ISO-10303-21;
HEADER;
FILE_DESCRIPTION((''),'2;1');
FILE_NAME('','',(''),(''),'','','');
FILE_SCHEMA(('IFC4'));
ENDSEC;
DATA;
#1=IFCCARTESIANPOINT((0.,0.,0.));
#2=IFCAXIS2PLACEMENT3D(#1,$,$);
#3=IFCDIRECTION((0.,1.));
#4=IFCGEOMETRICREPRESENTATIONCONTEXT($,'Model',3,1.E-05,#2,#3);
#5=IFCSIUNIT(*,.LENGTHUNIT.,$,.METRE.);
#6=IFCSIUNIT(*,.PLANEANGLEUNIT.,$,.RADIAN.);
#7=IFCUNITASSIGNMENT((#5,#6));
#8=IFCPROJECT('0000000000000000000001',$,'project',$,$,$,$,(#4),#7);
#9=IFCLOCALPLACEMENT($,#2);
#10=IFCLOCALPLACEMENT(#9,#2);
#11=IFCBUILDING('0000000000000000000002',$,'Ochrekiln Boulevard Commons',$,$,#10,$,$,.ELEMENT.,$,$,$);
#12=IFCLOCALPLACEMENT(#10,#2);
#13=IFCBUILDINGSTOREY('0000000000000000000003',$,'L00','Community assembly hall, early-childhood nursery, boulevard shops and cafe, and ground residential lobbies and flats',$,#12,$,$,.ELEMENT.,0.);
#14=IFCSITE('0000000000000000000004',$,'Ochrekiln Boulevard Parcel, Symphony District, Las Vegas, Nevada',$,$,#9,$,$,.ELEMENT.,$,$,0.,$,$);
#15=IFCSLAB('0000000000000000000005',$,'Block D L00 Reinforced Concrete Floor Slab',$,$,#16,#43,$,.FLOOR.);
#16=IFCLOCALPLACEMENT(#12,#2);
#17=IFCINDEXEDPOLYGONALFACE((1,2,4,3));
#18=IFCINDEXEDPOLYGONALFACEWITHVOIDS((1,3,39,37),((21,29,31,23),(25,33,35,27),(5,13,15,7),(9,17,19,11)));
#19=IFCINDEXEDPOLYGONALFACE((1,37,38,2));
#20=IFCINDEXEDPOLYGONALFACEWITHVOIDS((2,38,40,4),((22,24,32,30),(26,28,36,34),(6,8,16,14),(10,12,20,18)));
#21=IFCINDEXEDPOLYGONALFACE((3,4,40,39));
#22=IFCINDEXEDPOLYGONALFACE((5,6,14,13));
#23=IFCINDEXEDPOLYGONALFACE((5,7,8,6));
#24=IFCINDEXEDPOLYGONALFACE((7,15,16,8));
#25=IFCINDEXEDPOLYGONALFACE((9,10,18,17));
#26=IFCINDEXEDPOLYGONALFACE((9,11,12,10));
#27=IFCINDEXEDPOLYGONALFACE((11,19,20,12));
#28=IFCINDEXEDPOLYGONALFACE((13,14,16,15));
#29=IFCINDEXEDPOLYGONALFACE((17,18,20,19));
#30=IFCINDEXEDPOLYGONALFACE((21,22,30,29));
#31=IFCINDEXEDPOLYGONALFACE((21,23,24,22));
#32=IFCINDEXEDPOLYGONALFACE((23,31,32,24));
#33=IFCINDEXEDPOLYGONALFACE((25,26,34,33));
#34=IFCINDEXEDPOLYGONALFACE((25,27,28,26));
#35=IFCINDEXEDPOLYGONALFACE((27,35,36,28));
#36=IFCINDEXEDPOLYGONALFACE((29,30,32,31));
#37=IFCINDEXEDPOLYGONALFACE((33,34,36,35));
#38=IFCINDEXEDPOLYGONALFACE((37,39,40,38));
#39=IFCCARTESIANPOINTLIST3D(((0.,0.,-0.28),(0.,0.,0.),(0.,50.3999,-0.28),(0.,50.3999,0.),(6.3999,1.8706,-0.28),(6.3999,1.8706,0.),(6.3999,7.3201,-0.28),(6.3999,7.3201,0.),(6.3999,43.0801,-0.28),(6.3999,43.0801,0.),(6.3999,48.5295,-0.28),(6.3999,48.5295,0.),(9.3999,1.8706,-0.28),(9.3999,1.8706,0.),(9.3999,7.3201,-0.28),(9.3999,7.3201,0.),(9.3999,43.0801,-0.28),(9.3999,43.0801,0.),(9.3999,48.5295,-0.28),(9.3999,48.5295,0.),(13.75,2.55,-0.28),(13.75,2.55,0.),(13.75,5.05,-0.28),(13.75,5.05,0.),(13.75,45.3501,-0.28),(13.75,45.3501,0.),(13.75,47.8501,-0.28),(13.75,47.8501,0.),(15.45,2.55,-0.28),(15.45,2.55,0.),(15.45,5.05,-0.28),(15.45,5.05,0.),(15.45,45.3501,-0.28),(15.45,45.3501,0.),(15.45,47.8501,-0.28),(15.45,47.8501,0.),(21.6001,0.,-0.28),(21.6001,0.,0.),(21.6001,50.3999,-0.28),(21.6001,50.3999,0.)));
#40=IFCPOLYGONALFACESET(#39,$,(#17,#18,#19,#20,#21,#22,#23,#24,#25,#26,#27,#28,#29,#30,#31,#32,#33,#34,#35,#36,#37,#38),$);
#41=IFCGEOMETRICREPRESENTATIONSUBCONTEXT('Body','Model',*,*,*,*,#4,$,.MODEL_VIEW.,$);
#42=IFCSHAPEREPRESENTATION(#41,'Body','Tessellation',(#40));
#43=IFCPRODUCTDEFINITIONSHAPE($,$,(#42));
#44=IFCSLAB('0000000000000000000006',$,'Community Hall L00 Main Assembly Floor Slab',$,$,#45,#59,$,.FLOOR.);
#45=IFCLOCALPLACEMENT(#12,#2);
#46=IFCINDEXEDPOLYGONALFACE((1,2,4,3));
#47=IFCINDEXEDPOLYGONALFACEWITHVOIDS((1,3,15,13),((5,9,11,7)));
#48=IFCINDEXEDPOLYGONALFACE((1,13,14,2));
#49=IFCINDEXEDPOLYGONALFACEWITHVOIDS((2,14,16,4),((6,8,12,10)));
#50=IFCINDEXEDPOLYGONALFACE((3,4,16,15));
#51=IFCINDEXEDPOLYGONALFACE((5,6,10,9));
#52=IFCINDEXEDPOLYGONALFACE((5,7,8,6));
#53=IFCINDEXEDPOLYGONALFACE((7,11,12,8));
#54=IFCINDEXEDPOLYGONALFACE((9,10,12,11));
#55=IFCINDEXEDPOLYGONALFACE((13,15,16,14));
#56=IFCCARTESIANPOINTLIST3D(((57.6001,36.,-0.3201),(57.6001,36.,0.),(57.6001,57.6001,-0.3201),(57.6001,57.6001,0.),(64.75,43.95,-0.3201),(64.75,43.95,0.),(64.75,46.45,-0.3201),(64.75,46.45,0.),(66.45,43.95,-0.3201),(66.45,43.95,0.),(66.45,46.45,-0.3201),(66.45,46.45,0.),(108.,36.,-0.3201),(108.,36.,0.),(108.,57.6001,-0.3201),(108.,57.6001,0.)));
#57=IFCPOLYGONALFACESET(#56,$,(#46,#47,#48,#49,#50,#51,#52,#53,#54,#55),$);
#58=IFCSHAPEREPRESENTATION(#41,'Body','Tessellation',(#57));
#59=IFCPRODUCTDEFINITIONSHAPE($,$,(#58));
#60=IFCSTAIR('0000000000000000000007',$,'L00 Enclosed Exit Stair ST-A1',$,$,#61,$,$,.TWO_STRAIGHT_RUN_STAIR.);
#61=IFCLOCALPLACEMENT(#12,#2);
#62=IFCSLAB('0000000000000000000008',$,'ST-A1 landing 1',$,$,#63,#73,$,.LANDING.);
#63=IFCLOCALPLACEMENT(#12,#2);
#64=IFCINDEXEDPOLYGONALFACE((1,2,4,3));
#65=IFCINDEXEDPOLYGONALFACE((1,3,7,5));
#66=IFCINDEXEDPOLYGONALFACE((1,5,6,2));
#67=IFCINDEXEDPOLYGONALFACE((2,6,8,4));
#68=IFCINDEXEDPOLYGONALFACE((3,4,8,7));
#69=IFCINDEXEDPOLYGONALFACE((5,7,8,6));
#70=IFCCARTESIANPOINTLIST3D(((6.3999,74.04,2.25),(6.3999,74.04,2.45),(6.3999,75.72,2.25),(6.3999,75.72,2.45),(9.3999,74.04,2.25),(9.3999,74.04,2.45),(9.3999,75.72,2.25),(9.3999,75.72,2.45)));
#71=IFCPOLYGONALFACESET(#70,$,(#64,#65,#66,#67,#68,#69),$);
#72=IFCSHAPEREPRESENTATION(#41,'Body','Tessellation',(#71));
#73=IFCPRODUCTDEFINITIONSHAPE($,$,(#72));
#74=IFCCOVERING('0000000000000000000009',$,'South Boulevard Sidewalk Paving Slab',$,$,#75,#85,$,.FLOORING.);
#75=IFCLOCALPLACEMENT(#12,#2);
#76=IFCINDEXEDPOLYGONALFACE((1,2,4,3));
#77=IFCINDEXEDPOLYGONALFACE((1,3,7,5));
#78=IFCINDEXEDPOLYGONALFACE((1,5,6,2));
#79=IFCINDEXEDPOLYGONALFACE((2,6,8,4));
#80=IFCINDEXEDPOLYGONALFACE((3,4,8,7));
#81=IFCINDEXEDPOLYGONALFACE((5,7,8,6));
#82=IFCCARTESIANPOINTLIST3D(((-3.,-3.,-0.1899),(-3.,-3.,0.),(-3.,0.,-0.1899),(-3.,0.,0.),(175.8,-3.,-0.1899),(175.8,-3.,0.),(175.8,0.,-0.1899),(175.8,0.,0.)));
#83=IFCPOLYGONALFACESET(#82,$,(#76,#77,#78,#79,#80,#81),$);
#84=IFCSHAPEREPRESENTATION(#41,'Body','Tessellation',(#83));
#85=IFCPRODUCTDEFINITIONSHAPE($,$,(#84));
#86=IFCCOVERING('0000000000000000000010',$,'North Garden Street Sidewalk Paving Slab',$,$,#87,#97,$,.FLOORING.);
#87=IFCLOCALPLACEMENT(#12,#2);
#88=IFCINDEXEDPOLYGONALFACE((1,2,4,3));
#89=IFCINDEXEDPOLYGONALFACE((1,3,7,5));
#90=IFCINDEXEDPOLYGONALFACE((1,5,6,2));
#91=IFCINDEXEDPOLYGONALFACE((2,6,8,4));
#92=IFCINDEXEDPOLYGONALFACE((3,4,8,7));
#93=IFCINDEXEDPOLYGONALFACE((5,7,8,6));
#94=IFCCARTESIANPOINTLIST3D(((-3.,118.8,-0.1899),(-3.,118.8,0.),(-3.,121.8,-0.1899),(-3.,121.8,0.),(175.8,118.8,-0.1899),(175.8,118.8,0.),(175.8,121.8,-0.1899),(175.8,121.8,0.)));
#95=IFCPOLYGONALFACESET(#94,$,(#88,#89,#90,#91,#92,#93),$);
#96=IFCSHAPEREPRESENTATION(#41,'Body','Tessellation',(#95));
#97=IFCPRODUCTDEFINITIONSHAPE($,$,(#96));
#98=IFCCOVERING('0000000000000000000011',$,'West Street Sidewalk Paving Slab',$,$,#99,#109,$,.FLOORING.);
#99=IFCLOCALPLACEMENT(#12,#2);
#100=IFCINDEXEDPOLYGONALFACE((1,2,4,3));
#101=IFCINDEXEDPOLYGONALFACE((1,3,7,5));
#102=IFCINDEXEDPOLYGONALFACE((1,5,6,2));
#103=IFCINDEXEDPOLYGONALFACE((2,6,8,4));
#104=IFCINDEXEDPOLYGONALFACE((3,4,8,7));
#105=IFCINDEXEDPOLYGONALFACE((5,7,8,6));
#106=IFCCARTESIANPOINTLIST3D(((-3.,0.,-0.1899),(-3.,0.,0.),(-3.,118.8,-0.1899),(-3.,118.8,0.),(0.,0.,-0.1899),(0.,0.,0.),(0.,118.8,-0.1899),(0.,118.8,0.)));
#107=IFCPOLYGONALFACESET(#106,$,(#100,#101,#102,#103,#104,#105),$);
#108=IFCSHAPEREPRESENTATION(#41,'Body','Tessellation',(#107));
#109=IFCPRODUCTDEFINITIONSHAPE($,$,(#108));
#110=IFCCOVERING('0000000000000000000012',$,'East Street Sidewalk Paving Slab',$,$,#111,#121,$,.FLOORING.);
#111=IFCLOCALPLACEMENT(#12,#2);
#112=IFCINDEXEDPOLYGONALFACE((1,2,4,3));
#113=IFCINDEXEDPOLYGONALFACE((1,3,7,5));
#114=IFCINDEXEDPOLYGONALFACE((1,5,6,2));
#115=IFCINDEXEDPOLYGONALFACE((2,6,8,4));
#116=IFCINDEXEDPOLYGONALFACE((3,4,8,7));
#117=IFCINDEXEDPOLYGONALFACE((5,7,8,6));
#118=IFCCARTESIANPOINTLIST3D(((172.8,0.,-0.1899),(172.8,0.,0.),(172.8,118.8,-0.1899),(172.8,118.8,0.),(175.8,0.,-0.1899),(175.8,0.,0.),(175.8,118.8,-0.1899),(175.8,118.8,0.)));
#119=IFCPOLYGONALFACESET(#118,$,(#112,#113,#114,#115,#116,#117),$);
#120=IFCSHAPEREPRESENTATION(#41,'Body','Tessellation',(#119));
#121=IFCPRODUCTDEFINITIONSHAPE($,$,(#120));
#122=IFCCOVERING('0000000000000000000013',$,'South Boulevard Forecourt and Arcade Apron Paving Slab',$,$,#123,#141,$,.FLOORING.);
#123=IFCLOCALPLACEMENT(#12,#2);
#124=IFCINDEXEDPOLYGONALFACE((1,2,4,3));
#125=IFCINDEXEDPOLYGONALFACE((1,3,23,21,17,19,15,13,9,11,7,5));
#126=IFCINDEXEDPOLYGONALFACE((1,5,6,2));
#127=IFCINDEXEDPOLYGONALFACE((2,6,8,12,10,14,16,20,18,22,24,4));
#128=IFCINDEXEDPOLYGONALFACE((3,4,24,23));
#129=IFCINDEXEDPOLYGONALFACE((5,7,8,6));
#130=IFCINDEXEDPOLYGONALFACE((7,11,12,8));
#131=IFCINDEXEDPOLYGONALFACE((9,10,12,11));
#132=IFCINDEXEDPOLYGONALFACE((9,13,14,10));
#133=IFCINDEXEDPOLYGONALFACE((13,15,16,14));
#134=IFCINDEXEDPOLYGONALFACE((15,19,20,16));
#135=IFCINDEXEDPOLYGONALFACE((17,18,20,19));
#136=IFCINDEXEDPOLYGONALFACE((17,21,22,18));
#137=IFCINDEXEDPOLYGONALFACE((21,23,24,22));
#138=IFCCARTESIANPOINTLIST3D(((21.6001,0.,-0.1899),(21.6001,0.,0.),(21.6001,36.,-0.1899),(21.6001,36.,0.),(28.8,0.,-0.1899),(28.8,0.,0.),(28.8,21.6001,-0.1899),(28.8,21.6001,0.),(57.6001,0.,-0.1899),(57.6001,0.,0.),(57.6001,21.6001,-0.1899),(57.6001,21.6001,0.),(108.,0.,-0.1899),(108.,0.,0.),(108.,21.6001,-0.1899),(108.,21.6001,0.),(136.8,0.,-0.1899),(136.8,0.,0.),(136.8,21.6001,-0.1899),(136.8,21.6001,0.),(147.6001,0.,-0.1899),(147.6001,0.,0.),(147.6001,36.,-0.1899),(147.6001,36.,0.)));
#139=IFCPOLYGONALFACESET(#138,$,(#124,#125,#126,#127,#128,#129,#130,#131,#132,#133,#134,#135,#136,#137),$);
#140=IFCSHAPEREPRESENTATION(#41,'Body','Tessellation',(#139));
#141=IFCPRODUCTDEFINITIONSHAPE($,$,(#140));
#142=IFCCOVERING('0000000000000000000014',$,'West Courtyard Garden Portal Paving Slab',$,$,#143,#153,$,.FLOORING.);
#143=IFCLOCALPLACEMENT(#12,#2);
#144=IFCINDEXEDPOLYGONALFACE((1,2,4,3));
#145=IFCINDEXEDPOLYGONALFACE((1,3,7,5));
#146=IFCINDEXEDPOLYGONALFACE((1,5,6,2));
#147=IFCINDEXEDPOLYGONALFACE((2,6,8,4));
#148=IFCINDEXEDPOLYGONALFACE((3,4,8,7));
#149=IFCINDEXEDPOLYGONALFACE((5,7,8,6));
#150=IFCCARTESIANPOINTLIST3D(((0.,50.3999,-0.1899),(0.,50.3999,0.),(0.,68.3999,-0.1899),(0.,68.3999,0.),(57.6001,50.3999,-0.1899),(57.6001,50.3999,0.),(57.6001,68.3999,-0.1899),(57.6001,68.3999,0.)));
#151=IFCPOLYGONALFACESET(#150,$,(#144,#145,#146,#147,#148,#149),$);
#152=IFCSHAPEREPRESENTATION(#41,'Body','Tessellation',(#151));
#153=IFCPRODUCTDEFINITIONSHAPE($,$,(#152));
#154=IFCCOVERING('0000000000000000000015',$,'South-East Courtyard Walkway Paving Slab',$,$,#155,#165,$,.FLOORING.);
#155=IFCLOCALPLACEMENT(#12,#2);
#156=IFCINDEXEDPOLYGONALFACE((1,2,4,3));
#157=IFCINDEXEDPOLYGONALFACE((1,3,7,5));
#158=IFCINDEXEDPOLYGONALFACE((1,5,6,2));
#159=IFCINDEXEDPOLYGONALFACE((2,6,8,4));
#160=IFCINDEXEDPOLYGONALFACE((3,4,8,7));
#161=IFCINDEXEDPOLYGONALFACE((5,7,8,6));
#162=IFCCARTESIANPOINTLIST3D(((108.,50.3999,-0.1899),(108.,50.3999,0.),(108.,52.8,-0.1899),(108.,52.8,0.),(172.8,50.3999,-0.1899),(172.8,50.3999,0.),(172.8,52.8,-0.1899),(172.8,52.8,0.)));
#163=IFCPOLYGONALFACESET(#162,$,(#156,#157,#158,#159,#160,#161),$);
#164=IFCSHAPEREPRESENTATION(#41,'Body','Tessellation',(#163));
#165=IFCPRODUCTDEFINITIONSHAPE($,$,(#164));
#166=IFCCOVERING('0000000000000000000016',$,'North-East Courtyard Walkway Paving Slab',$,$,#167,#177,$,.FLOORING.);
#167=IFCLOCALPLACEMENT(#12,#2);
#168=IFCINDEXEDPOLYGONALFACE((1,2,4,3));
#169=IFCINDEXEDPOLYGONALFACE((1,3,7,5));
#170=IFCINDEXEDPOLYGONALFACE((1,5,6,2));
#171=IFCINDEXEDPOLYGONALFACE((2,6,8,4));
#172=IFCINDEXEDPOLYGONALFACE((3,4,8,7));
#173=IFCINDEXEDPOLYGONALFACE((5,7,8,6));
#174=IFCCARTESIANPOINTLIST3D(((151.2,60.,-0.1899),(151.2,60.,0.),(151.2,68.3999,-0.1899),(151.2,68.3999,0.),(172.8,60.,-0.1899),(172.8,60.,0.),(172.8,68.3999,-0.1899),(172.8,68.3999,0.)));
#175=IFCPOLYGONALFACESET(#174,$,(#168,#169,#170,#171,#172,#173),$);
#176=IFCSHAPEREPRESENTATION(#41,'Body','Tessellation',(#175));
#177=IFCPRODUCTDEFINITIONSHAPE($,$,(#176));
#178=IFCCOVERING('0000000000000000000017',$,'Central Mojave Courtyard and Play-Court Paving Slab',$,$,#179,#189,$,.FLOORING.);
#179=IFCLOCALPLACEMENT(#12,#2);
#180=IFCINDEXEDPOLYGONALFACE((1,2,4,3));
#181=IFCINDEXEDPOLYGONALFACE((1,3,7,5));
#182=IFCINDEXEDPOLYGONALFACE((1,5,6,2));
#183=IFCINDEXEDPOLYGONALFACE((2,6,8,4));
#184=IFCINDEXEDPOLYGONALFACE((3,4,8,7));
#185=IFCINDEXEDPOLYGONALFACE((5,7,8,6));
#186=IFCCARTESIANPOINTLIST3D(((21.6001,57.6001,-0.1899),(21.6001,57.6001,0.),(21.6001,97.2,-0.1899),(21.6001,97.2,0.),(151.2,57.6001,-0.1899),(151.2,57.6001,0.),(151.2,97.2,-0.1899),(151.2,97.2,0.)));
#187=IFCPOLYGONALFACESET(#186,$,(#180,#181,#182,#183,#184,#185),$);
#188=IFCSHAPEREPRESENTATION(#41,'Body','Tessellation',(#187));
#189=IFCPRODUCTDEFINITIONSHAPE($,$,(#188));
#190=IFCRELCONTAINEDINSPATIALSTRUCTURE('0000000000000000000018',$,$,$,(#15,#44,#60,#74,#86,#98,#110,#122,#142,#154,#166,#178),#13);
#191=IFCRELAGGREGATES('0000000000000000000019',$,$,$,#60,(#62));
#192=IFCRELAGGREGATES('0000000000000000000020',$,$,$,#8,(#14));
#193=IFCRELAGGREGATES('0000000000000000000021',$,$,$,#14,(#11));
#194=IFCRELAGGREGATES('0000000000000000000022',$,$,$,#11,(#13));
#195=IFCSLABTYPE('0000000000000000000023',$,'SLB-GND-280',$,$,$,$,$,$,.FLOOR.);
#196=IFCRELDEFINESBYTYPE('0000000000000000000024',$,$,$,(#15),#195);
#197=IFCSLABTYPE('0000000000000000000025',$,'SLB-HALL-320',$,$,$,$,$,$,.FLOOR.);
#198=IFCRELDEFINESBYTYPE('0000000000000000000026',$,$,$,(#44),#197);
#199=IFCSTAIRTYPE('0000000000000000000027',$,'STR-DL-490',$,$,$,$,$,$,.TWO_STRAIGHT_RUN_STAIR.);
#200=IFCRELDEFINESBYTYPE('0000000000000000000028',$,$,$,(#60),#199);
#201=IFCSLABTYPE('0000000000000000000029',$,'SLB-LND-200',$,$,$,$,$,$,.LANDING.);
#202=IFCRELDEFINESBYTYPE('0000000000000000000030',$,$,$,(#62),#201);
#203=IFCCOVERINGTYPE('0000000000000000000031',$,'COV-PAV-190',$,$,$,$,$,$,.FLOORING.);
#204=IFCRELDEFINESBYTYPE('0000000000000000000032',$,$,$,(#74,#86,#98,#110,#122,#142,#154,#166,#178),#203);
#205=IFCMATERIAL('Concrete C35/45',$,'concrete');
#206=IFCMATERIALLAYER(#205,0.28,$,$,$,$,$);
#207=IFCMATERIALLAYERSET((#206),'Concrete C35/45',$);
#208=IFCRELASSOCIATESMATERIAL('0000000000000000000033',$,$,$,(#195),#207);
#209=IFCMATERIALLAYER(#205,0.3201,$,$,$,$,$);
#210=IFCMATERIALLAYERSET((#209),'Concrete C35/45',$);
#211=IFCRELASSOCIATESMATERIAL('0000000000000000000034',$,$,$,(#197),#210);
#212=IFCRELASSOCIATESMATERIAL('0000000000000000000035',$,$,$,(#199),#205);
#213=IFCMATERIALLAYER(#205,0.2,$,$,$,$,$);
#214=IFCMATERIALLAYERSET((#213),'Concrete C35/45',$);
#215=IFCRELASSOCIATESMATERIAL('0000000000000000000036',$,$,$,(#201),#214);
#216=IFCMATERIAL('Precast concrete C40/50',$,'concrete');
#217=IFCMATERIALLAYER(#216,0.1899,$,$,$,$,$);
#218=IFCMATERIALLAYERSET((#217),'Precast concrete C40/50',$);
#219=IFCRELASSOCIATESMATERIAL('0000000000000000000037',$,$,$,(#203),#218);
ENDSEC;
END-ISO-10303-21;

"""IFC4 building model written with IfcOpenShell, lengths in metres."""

from ifc_helpers import new_model, si_unit, direction, frame, origin, place, context, subcontext, project, spatial, polyline, outline, extrude, material, layer, layer_set, type_object, element, aggregate, save


model = new_model("IFC4")

# Units and contexts
model_context = context("Model", 3, precision=1e-05, world=origin(), true_north=direction((0.0, 1.0)))
body_context = subcontext(model_context, "Body", "Model", "MODEL_VIEW")
ifc_project = project(units=[si_unit("LENGTHUNIT", "METRE"), si_unit("PLANEANGLEUNIT", "RADIAN")], contexts=[model_context])

# Site, building, storey
site_placement = place(None, origin())
site = spatial("IfcSite", under=ifc_project, at=site_placement, Name="Ochrekiln Boulevard Parcel, Symphony District, Las Vegas, Nevada", CompositionType="ELEMENT", RefElevation=0.0)
building_placement = place(site_placement, origin())
building = spatial("IfcBuilding", under=site, at=building_placement, Name="Ochrekiln Boulevard Commons", CompositionType="ELEMENT")
storey_placement = place(building_placement, origin())
storey = spatial("IfcBuildingStorey", under=building, at=storey_placement, Name="L00", Description="Community assembly hall, early-childhood nursery, boulevard shops and cafe, and ground residential lobbies and flats", CompositionType="ELEMENT", Elevation=0.0)

# Slabs
ifc_material_1 = material(Name="Concrete C35/45", Category="concrete")
ifc_layer_1 = layer(ifc_material_1, 0.28)
ifc_layer_set_1 = layer_set([ifc_layer_1], Name="Concrete C35/45")
slab_type_1 = type_object("IfcSlabType", Name="SLB-GND-280", PredefinedType="FLOOR", material=ifc_layer_set_1)
slab_1_placement = place(storey_placement, frame((0.0, 0.0, -0.28)))
element("IfcSlab", 1, at=slab_1_placement, inside=storey, type_object=slab_type_1, Name="Block D L00 Reinforced Concrete Floor Slab", PredefinedType="FLOOR", context=body_context, shape_type="SweptSolid", body=[
    extrude(outline(polyline([(0.0, 0.0), (21.6001, 0.0), (21.6001, 50.3999), (0.0, 50.3999), (0.0, 0.0)]), holes=[polyline([(9.3999, 1.8706), (9.3999, 7.3201), (6.3999, 7.3201), (6.3999, 1.8706), (9.3999, 1.8706)]), polyline([(6.3999, 48.5295), (6.3999, 43.0801), (9.3999, 43.0801), (9.3999, 48.5295), (6.3999, 48.5295)]), polyline([(13.75, 2.55), (15.45, 2.55), (15.45, 5.05), (13.75, 5.05), (13.75, 2.55)]), polyline([(13.75, 45.3501), (15.45, 45.3501), (15.45, 47.8501), (13.75, 47.8501), (13.75, 45.3501)])]), origin(), (0.0, 0.0, 1.0), 0.28),
])
ifc_layer_2 = layer(ifc_material_1, 0.3201)
ifc_layer_set_2 = layer_set([ifc_layer_2], Name="Concrete C35/45")
slab_type_2 = type_object("IfcSlabType", Name="SLB-HALL-320", PredefinedType="FLOOR", material=ifc_layer_set_2)
slab_2_placement = place(storey_placement, frame((0.0, 0.0, -0.3201)))
element("IfcSlab", 2, at=slab_2_placement, inside=storey, type_object=slab_type_2, Name="Community Hall L00 Main Assembly Floor Slab", PredefinedType="FLOOR", context=body_context, shape_type="SweptSolid", body=[
    extrude(outline(polyline([(57.6001, 36.0), (108.0, 36.0), (108.0, 57.6001), (57.6001, 57.6001), (57.6001, 36.0)]), holes=[polyline([(64.75, 43.95), (66.45, 43.95), (66.45, 46.45), (64.75, 46.45), (64.75, 43.95)])]), origin(), (0.0, 0.0, 1.0), 0.3201),
])

# Stair, slab
stair_type = type_object("IfcStairType", Name="STR-DL-490", PredefinedType="TWO_STRAIGHT_RUN_STAIR", material=ifc_material_1)
stair_placement = place(storey_placement, origin())
stair = element("IfcStair", 3, at=stair_placement, inside=storey, type_object=stair_type, Name="L00 Enclosed Exit Stair ST-A1", PredefinedType="TWO_STRAIGHT_RUN_STAIR")
ifc_layer_3 = layer(ifc_material_1, 0.2)
ifc_layer_set_3 = layer_set([ifc_layer_3], Name="Concrete C35/45")
slab_type_3 = type_object("IfcSlabType", Name="SLB-LND-200", PredefinedType="LANDING", material=ifc_layer_set_3)
slab_3_placement = place(storey_placement, frame((0.0, 0.0, 2.25)))
slab_3 = element("IfcSlab", 4, at=slab_3_placement, type_object=slab_type_3, Name="ST-A1 landing 1", PredefinedType="LANDING", context=body_context, shape_type="SweptSolid", body=[
    extrude(outline(polyline([(9.3999, 74.04), (9.3999, 75.72), (6.3999, 75.72), (6.3999, 74.04), (9.3999, 74.04)])), origin(), (0.0, 0.0, 1.0), 0.2),
])
aggregate(stair, [slab_3])

# Coverings
ifc_material_2 = material(Name="Precast concrete C40/50", Category="concrete")
ifc_layer_4 = layer(ifc_material_2, 0.1899)
ifc_layer_set_4 = layer_set([ifc_layer_4], Name="Precast concrete C40/50")
covering_type = type_object("IfcCoveringType", Name="COV-PAV-190", PredefinedType="FLOORING", material=ifc_layer_set_4)
covering_1_placement = place(storey_placement, frame((0.0, 0.0, -0.1899)))
element("IfcCovering", 5, at=covering_1_placement, inside=storey, type_object=covering_type, Name="South Boulevard Sidewalk Paving Slab", PredefinedType="FLOORING", context=body_context, shape_type="SweptSolid", body=[
    extrude(outline(polyline([(-3.0, -3.0), (175.8, -3.0), (175.8, 0.0), (-3.0, 0.0), (-3.0, -3.0)])), origin(), (0.0, 0.0, 1.0), 0.1899),
])
covering_2_placement = place(storey_placement, frame((0.0, 0.0, -0.1899)))
element("IfcCovering", 6, at=covering_2_placement, inside=storey, type_object=covering_type, Name="North Garden Street Sidewalk Paving Slab", PredefinedType="FLOORING", context=body_context, shape_type="SweptSolid", body=[
    extrude(outline(polyline([(-3.0, 118.8), (175.8, 118.8), (175.8, 121.8), (-3.0, 121.8), (-3.0, 118.8)])), origin(), (0.0, 0.0, 1.0), 0.1899),
])
covering_3_placement = place(storey_placement, frame((0.0, 0.0, -0.1899)))
element("IfcCovering", 7, at=covering_3_placement, inside=storey, type_object=covering_type, Name="West Street Sidewalk Paving Slab", PredefinedType="FLOORING", context=body_context, shape_type="SweptSolid", body=[
    extrude(outline(polyline([(-3.0, 0.0), (0.0, 0.0), (0.0, 118.8), (-3.0, 118.8), (-3.0, 0.0)])), origin(), (0.0, 0.0, 1.0), 0.1899),
])
covering_4_placement = place(storey_placement, frame((0.0, 0.0, -0.1899)))
element("IfcCovering", 8, at=covering_4_placement, inside=storey, type_object=covering_type, Name="East Street Sidewalk Paving Slab", PredefinedType="FLOORING", context=body_context, shape_type="SweptSolid", body=[
    extrude(outline(polyline([(172.8, 0.0), (175.8, 0.0), (175.8, 118.8), (172.8, 118.8), (172.8, 0.0)])), origin(), (0.0, 0.0, 1.0), 0.1899),
])
covering_5_placement = place(storey_placement, frame((0.0, 0.0, -0.1899)))
element("IfcCovering", 9, at=covering_5_placement, inside=storey, type_object=covering_type, Name="South Boulevard Forecourt and Arcade Apron Paving Slab", PredefinedType="FLOORING", context=body_context, shape_type="SweptSolid", body=[
    extrude(outline(polyline([(21.6001, 0.0), (28.8, 0.0), (28.8, 21.6001), (57.6001, 21.6001), (57.6001, 0.0), (108.0, 0.0), (108.0, 21.6001), (136.8, 21.6001), (136.8, 0.0), (147.6001, 0.0), (147.6001, 36.0), (21.6001, 36.0), (21.6001, 0.0)])), origin(), (0.0, 0.0, 1.0), 0.1899),
])
covering_6_placement = place(storey_placement, frame((0.0, 0.0, -0.1899)))
element("IfcCovering", 10, at=covering_6_placement, inside=storey, type_object=covering_type, Name="West Courtyard Garden Portal Paving Slab", PredefinedType="FLOORING", context=body_context, shape_type="SweptSolid", body=[
    extrude(outline(polyline([(0.0, 50.3999), (57.6001, 50.3999), (57.6001, 68.3999), (0.0, 68.3999), (0.0, 50.3999)])), origin(), (0.0, 0.0, 1.0), 0.1899),
])
covering_7_placement = place(storey_placement, frame((0.0, 0.0, -0.1899)))
element("IfcCovering", 11, at=covering_7_placement, inside=storey, type_object=covering_type, Name="South-East Courtyard Walkway Paving Slab", PredefinedType="FLOORING", context=body_context, shape_type="SweptSolid", body=[
    extrude(outline(polyline([(108.0, 50.3999), (172.8, 50.3999), (172.8, 52.8), (108.0, 52.8), (108.0, 50.3999)])), origin(), (0.0, 0.0, 1.0), 0.1899),
])
covering_8_placement = place(storey_placement, frame((0.0, 0.0, -0.1899)))
element("IfcCovering", 12, at=covering_8_placement, inside=storey, type_object=covering_type, Name="North-East Courtyard Walkway Paving Slab", PredefinedType="FLOORING", context=body_context, shape_type="SweptSolid", body=[
    extrude(outline(polyline([(151.2, 60.0), (172.8, 60.0), (172.8, 68.3999), (151.2, 68.3999), (151.2, 60.0)])), origin(), (0.0, 0.0, 1.0), 0.1899),
])
covering_9_placement = place(storey_placement, frame((0.0, 0.0, -0.1899)))
element("IfcCovering", 13, at=covering_9_placement, inside=storey, type_object=covering_type, Name="Central Mojave Courtyard and Play-Court Paving Slab", PredefinedType="FLOORING", context=body_context, shape_type="SweptSolid", body=[
    extrude(outline(polyline([(21.6001, 57.6001), (151.2, 57.6001), (151.2, 97.2), (21.6001, 97.2), (21.6001, 57.6001)])), origin(), (0.0, 0.0, 1.0), 0.1899),
])

save(model, "model.ifc")
